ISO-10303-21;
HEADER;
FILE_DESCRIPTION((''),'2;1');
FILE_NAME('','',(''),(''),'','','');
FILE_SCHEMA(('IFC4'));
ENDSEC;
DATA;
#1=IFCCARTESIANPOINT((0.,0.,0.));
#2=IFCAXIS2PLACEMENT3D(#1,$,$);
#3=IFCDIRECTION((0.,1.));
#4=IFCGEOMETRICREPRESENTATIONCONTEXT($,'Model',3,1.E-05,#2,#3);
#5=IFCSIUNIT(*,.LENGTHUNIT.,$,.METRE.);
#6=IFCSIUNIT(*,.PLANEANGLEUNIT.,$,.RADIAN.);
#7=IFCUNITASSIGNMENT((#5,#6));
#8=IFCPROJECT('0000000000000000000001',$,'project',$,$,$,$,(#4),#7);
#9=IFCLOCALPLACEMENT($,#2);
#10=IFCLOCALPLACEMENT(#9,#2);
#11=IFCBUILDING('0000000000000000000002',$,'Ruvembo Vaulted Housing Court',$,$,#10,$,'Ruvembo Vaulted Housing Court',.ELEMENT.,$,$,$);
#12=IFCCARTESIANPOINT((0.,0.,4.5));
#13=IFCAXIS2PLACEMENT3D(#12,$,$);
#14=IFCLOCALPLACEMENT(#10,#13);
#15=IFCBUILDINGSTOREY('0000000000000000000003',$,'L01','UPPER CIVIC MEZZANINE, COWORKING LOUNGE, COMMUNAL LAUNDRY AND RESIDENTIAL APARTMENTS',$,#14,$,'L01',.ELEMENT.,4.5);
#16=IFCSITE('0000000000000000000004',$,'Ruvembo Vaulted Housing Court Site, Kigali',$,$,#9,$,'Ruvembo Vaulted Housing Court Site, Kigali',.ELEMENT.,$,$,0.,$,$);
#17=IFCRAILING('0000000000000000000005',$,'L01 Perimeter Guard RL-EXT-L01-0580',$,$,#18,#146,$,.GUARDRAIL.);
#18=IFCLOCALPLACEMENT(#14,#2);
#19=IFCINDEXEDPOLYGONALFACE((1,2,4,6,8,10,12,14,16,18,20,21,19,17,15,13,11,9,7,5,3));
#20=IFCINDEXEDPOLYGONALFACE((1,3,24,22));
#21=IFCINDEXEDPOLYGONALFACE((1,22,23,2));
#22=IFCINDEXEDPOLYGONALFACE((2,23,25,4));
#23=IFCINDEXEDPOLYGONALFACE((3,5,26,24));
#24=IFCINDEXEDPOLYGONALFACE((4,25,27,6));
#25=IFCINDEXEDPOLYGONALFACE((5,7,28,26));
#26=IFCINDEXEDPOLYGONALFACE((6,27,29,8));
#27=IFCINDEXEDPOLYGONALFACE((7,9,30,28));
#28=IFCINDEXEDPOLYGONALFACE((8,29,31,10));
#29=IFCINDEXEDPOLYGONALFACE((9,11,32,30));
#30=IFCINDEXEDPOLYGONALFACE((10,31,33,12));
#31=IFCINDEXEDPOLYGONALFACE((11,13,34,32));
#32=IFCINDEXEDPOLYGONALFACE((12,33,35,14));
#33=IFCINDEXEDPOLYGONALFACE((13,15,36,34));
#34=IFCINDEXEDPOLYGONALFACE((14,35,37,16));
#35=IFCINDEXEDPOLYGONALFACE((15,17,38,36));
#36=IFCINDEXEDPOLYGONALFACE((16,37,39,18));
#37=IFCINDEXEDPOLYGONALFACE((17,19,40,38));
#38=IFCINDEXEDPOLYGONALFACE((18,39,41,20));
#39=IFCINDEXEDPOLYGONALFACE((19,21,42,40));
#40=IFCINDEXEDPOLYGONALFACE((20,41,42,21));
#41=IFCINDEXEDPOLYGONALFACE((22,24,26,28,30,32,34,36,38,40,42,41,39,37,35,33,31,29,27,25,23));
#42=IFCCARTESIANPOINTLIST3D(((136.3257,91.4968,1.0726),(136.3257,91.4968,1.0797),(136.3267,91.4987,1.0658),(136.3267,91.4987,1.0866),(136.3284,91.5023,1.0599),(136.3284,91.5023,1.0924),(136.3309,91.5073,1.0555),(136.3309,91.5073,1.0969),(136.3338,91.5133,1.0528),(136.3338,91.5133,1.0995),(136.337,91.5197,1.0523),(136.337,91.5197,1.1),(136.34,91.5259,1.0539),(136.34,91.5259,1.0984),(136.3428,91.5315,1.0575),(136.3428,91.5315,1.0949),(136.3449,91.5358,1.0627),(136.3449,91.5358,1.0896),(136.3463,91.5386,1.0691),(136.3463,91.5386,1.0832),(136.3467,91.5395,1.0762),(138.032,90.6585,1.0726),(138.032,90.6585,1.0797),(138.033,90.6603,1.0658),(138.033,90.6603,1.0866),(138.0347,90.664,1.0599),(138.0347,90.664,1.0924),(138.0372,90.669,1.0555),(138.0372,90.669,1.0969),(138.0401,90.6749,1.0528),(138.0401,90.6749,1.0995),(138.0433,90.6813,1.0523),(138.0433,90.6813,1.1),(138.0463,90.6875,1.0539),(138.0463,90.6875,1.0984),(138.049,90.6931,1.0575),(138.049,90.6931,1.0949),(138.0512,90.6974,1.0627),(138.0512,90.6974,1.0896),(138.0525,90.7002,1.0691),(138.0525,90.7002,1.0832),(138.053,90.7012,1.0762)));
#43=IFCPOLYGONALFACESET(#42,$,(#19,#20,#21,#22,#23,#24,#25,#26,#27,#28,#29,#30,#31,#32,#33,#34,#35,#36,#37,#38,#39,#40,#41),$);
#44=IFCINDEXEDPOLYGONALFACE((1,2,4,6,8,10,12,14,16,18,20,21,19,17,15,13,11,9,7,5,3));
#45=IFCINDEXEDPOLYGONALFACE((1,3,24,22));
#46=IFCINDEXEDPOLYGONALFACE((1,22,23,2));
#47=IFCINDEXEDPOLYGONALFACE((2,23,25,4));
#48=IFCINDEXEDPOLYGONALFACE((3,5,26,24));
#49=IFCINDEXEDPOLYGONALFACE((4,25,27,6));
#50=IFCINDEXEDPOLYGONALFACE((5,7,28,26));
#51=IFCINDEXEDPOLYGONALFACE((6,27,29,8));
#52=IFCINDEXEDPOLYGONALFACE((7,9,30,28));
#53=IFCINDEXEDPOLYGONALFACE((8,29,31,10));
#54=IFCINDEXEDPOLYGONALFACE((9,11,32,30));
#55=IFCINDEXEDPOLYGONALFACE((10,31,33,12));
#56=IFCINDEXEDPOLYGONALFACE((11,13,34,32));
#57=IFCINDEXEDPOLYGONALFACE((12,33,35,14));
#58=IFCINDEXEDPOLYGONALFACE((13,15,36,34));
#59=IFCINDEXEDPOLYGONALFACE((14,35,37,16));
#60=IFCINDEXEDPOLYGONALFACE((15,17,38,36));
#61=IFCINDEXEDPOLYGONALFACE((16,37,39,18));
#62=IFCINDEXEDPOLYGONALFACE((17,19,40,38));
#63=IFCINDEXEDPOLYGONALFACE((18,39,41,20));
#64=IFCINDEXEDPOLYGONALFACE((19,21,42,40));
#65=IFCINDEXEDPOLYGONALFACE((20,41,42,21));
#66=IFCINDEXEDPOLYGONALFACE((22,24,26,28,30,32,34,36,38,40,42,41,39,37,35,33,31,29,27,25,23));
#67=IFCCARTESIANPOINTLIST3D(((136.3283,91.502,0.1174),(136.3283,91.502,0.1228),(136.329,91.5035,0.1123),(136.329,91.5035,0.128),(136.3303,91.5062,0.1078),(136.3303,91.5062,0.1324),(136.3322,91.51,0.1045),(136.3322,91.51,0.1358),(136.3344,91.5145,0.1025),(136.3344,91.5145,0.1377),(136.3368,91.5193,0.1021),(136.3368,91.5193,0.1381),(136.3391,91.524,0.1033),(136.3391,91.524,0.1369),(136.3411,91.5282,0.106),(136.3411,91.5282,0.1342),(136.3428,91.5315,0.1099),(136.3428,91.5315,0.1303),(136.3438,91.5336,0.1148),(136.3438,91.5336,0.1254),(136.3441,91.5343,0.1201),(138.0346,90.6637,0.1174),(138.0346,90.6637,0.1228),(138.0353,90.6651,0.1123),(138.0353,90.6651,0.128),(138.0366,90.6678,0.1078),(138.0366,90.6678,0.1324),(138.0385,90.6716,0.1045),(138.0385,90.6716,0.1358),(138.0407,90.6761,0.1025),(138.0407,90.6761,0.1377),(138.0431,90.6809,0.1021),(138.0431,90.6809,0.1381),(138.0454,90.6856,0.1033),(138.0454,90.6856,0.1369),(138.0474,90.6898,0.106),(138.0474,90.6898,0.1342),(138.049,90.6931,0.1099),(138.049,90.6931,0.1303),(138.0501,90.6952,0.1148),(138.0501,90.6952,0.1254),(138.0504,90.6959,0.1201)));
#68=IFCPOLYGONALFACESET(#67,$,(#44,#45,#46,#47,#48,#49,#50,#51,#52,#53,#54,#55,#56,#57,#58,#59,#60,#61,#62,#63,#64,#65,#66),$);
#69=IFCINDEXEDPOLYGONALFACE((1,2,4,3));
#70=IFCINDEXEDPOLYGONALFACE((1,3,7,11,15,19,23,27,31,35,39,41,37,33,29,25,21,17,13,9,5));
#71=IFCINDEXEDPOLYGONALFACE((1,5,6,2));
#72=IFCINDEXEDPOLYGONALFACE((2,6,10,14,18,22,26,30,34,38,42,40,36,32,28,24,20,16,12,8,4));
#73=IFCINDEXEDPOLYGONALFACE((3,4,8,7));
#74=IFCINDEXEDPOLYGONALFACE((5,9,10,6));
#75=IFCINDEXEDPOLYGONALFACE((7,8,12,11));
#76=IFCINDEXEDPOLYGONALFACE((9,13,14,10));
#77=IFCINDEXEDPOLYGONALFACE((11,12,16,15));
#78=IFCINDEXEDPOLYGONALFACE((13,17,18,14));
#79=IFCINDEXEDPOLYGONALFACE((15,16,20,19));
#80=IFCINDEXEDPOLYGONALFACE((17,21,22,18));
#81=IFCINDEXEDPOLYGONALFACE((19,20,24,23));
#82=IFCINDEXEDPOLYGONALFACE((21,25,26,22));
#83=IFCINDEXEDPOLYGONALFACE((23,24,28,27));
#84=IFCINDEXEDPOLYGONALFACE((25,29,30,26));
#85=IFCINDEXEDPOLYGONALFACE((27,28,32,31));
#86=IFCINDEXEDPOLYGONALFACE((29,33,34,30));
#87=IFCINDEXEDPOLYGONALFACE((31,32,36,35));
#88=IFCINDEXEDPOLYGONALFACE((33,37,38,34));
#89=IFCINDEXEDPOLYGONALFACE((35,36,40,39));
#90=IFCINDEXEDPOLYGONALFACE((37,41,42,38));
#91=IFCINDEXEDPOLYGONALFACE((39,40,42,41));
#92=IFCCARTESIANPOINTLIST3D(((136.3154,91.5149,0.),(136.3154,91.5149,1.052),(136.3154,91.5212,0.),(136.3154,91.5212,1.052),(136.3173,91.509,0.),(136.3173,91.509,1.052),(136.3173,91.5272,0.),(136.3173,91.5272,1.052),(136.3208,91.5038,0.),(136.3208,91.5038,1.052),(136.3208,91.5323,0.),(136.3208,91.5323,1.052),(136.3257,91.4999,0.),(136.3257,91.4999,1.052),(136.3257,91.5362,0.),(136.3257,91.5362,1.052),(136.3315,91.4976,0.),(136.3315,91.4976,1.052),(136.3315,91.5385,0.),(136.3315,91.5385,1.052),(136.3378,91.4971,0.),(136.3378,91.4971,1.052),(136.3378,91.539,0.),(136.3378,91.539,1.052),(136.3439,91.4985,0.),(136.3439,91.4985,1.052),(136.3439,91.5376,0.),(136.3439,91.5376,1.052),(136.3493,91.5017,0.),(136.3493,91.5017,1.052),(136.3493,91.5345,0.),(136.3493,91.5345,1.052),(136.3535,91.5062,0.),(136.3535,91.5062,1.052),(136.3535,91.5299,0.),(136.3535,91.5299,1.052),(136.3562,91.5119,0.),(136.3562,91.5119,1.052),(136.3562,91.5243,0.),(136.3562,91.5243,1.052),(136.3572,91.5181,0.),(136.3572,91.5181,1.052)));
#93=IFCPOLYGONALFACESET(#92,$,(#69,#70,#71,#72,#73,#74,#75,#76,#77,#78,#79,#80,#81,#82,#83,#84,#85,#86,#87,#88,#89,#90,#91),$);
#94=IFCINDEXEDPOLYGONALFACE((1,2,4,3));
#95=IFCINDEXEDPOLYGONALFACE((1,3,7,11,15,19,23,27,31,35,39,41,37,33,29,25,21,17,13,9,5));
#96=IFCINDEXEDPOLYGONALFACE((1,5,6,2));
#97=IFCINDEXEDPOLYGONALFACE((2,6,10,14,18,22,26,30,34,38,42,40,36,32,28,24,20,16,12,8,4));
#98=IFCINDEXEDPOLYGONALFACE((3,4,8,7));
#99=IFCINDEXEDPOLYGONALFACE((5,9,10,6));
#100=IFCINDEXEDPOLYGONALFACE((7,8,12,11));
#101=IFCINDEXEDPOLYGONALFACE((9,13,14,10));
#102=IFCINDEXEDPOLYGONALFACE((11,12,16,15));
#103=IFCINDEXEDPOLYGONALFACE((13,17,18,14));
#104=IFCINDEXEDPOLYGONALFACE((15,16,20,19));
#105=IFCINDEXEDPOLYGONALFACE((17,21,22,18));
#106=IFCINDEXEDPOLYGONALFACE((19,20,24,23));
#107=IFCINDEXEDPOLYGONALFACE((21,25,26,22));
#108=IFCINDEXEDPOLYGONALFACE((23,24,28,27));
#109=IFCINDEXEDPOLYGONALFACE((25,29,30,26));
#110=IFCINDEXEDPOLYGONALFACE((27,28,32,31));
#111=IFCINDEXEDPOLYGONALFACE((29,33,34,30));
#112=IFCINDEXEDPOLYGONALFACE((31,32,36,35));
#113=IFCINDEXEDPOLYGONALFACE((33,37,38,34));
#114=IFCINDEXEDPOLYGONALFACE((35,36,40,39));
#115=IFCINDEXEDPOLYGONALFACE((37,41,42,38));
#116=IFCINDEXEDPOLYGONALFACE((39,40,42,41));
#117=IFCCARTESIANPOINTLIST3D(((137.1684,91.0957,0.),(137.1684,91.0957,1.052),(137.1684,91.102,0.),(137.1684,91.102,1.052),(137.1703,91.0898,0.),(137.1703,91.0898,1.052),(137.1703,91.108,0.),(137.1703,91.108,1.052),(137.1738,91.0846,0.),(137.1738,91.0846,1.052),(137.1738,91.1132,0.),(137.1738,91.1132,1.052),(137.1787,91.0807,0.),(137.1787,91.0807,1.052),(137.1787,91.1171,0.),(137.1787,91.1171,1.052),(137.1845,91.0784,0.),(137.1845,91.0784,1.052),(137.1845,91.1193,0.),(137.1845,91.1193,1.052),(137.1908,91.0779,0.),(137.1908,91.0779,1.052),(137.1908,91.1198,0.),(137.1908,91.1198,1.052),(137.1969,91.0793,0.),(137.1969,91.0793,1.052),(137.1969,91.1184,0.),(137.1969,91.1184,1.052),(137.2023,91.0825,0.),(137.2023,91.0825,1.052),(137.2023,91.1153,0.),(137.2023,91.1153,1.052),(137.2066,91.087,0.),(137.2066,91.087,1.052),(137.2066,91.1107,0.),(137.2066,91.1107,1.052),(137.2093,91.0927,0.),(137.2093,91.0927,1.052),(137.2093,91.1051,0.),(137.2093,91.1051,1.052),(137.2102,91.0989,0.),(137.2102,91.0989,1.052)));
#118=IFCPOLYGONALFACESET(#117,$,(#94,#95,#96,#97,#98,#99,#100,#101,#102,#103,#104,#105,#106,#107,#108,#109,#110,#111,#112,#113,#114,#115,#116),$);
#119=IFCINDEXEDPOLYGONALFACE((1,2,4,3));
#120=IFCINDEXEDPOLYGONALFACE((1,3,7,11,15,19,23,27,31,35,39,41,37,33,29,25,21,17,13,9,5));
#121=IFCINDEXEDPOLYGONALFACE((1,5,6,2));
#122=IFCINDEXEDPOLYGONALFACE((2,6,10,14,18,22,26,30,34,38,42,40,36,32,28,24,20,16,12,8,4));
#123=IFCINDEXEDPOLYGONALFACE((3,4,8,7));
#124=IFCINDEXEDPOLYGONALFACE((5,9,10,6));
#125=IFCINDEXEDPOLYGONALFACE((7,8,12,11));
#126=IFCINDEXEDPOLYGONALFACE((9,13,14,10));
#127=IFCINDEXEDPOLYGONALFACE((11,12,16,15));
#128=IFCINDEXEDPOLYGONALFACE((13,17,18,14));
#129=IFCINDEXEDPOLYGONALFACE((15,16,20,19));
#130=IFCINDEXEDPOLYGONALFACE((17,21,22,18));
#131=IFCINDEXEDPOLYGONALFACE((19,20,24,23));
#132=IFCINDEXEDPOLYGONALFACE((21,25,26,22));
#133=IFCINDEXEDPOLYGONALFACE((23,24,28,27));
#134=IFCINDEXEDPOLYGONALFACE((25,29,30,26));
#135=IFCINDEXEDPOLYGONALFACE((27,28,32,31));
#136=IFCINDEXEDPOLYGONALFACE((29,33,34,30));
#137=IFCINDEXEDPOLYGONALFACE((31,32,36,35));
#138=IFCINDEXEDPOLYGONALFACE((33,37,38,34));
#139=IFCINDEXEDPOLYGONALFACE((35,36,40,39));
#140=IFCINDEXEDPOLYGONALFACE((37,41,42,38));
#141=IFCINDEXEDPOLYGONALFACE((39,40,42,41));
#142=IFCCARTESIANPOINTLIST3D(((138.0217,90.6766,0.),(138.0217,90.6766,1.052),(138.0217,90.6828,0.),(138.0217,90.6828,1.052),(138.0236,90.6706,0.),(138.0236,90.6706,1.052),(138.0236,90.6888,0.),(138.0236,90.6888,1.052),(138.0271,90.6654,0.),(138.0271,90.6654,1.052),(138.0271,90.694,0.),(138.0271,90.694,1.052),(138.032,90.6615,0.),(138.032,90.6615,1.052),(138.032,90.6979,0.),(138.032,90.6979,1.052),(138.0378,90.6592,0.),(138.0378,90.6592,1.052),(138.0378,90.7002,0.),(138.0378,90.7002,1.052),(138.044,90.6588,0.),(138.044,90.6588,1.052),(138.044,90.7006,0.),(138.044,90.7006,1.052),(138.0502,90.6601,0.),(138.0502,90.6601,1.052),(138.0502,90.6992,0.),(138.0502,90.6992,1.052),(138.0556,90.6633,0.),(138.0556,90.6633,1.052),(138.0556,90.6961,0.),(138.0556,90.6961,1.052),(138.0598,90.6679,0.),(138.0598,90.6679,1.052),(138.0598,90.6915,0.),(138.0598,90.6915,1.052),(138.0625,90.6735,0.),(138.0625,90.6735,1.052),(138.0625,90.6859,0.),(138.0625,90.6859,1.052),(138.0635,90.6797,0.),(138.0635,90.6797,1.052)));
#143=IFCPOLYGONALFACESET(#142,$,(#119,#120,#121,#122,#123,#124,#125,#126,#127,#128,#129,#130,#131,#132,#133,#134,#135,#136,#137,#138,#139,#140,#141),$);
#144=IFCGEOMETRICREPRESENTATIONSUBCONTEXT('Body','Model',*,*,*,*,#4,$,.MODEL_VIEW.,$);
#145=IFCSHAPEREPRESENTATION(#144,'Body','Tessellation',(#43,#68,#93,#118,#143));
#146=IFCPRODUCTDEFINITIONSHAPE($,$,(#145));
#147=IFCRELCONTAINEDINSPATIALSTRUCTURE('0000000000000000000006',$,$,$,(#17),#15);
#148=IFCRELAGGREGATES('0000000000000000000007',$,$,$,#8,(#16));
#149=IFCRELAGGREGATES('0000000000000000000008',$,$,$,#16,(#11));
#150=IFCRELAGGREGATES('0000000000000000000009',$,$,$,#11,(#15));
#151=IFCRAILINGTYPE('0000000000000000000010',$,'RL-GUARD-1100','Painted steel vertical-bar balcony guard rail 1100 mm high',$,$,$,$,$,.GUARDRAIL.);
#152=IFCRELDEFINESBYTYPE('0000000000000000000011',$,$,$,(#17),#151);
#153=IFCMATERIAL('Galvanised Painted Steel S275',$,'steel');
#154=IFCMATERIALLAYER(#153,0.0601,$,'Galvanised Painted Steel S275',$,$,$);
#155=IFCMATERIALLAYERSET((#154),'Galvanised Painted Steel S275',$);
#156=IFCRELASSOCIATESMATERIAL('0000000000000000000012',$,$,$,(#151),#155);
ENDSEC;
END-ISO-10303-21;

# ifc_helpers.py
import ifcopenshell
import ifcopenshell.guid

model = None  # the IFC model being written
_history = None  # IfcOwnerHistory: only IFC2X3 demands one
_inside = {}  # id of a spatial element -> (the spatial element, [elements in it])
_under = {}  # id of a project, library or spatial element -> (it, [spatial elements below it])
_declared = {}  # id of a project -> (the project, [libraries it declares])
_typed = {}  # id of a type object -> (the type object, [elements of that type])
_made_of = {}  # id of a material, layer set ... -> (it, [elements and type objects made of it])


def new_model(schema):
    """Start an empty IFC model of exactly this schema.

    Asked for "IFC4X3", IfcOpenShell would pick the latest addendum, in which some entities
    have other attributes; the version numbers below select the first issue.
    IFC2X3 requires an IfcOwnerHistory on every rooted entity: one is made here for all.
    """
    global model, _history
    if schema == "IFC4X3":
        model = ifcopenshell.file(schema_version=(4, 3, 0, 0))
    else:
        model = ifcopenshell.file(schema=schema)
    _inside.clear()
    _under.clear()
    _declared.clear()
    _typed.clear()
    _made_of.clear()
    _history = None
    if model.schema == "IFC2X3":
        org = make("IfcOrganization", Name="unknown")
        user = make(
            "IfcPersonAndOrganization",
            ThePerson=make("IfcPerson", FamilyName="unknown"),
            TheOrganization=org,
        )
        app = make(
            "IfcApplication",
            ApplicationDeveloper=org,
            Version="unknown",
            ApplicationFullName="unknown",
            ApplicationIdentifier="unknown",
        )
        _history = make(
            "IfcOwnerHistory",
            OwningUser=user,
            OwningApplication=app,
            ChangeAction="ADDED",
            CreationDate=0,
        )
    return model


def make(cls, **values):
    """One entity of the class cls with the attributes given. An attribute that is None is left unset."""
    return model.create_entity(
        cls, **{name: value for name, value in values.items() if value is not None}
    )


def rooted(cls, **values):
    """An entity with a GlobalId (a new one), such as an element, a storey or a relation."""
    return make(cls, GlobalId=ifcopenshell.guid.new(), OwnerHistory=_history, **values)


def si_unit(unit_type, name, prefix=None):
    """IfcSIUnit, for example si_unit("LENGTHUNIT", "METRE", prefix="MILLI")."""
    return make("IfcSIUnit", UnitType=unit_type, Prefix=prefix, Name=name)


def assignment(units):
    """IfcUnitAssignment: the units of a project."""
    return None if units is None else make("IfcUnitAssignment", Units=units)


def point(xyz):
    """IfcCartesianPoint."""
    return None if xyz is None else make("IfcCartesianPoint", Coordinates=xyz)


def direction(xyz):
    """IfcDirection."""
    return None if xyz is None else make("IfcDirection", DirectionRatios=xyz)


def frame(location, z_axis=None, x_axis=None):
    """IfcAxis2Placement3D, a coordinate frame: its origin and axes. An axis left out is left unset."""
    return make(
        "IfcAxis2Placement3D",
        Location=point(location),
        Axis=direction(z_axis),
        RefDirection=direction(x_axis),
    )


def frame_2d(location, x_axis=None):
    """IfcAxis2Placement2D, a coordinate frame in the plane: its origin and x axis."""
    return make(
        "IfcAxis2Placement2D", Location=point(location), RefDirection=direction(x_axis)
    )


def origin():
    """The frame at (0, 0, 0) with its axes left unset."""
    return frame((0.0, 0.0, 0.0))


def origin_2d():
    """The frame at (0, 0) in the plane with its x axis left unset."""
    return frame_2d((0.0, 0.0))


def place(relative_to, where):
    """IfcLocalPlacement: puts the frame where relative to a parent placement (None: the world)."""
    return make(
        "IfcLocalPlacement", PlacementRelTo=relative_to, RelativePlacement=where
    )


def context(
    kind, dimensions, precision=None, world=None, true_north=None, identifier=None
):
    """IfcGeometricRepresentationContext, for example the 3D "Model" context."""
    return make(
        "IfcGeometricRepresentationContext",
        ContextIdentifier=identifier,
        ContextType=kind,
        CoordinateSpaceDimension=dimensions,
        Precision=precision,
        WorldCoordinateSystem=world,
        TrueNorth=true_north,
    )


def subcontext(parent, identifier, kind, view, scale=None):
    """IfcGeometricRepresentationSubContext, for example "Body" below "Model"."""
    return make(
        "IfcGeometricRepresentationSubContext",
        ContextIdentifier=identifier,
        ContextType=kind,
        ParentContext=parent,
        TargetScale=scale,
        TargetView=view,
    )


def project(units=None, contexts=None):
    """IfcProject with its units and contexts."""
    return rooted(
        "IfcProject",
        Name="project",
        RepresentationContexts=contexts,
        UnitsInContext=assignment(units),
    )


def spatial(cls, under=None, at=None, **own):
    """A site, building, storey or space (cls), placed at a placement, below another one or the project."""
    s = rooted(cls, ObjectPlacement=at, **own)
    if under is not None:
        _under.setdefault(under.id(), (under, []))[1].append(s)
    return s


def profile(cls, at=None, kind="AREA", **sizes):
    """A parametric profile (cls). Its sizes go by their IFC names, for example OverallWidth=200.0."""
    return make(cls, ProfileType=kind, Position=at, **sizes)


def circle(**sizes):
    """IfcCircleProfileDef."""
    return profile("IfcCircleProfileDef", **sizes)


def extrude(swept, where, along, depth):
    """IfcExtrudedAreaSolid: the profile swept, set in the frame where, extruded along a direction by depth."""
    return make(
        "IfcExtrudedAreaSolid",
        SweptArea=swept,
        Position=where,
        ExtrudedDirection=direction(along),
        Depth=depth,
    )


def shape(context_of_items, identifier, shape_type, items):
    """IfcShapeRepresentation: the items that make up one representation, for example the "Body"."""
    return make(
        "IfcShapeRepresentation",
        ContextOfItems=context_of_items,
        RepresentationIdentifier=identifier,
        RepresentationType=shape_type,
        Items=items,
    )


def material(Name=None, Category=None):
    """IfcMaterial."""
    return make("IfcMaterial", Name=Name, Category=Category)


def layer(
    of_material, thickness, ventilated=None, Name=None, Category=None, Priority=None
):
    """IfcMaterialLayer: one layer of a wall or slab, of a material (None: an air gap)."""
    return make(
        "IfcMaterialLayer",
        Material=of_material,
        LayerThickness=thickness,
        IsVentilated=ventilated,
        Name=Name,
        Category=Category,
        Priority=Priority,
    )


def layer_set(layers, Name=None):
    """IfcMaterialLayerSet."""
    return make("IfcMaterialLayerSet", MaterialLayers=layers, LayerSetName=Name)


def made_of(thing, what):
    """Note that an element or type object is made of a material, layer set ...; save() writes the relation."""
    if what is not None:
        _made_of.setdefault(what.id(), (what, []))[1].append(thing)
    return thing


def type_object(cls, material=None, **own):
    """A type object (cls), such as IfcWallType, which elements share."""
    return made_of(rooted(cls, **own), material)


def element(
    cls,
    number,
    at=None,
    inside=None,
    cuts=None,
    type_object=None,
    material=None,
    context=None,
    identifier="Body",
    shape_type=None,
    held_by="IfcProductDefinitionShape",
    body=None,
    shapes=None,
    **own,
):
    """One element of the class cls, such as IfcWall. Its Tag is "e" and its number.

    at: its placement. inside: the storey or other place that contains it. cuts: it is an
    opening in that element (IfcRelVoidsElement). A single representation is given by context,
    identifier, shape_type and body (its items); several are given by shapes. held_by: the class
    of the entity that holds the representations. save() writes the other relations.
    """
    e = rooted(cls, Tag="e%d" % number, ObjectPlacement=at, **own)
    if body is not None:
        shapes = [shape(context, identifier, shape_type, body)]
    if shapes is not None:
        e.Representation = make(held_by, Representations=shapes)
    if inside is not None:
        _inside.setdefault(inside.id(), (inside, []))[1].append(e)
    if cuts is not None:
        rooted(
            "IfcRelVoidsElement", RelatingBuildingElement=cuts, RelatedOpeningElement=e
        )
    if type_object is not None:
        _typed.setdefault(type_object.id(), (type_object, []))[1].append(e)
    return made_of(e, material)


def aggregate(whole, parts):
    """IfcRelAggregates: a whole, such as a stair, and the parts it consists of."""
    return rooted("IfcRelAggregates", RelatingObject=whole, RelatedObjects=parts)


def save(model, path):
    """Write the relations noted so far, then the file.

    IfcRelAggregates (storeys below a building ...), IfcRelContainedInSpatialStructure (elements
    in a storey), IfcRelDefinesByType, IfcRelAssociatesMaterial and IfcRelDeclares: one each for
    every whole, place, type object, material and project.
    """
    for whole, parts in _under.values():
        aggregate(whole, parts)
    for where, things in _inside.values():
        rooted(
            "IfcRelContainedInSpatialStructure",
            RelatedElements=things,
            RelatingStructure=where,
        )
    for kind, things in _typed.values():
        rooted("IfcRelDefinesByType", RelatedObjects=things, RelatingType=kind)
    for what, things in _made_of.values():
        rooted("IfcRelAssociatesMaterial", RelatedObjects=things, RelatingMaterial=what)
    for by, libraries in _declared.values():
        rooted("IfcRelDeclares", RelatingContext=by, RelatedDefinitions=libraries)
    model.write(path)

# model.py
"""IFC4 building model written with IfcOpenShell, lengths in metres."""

from ifc_helpers import new_model, si_unit, direction, frame, origin, origin_2d, place, context, subcontext, project, spatial, circle, extrude, material, layer, layer_set, type_object, element, save


model = new_model("IFC4")

# Units and contexts
model_context = context("Model", 3, precision=1e-05, world=origin(), true_north=direction((0.0, 1.0)))
body_context = subcontext(model_context, "Body", "Model", "MODEL_VIEW")
ifc_project = project(units=[si_unit("LENGTHUNIT", "METRE"), si_unit("PLANEANGLEUNIT", "RADIAN")], contexts=[model_context])

# Site, building, storey
site_placement = place(None, origin())
site = spatial("IfcSite", under=ifc_project, at=site_placement, Name="Ruvembo Vaulted Housing Court Site, Kigali", LongName="Ruvembo Vaulted Housing Court Site, Kigali", CompositionType="ELEMENT", RefElevation=0.0)
building_placement = place(site_placement, origin())
building = spatial("IfcBuilding", under=site, at=building_placement, Name="Ruvembo Vaulted Housing Court", LongName="Ruvembo Vaulted Housing Court", CompositionType="ELEMENT")
storey_placement = place(building_placement, frame((0.0, 0.0, 4.5)))
storey = spatial("IfcBuildingStorey", under=building, at=storey_placement, Name="L01", Description="UPPER CIVIC MEZZANINE, COWORKING LOUNGE, COMMUNAL LAUNDRY AND RESIDENTIAL APARTMENTS", LongName="L01", CompositionType="ELEMENT", Elevation=4.5)

# Railing
ifc_material_1 = material(Name="Galvanised Painted Steel S275", Category="steel")
ifc_layer_1 = layer(ifc_material_1, 0.0601, Name="Galvanised Painted Steel S275")
ifc_layer_set_1 = layer_set([ifc_layer_1], Name="Galvanised Painted Steel S275")
railing_type = type_object("IfcRailingType", Name="RL-GUARD-1100", Description="Painted steel vertical-bar balcony guard rail 1100 mm high", PredefinedType="GUARDRAIL", material=ifc_layer_set_1)
railing_1_placement = place(storey_placement, frame((136.3362, 91.5181, 0.0)))
element("IfcRailing", 1, at=railing_1_placement, inside=storey, type_object=railing_type, Name="L01 Perimeter Guard RL-EXT-L01-0580", PredefinedType="GUARDRAIL", context=body_context, shape_type="SweptSolid", body=[
    extrude(circle(Radius=0.0239, at=origin_2d()), frame((0.0, 0.0, 1.0762), z_axis=(0.897513, -0.440987, 0.0), x_axis=(0.440987, 0.897513, 0.0)), (0.0, 0.0, 1.0), 1.9011),
    extrude(circle(Radius=0.0181, at=origin_2d()), frame((0.0, 0.0, 0.1201), z_axis=(0.897513, -0.440987, 0.0), x_axis=(0.440987, 0.897513, 0.0)), (0.0, 0.0, 1.0), 1.9011),
    extrude(circle(Radius=0.021, at=origin_2d()), origin(), (0.0, 0.0, 1.0), 1.052),
    extrude(circle(Radius=0.021, at=origin_2d()), frame((0.853, -0.4192, 0.0)), (0.0, 0.0, 1.0), 1.052),
    extrude(circle(Radius=0.021, at=origin_2d()), frame((1.7063, -0.8384, 0.0)), (0.0, 0.0, 1.0), 1.052),
])

save(model, "model.ifc")
